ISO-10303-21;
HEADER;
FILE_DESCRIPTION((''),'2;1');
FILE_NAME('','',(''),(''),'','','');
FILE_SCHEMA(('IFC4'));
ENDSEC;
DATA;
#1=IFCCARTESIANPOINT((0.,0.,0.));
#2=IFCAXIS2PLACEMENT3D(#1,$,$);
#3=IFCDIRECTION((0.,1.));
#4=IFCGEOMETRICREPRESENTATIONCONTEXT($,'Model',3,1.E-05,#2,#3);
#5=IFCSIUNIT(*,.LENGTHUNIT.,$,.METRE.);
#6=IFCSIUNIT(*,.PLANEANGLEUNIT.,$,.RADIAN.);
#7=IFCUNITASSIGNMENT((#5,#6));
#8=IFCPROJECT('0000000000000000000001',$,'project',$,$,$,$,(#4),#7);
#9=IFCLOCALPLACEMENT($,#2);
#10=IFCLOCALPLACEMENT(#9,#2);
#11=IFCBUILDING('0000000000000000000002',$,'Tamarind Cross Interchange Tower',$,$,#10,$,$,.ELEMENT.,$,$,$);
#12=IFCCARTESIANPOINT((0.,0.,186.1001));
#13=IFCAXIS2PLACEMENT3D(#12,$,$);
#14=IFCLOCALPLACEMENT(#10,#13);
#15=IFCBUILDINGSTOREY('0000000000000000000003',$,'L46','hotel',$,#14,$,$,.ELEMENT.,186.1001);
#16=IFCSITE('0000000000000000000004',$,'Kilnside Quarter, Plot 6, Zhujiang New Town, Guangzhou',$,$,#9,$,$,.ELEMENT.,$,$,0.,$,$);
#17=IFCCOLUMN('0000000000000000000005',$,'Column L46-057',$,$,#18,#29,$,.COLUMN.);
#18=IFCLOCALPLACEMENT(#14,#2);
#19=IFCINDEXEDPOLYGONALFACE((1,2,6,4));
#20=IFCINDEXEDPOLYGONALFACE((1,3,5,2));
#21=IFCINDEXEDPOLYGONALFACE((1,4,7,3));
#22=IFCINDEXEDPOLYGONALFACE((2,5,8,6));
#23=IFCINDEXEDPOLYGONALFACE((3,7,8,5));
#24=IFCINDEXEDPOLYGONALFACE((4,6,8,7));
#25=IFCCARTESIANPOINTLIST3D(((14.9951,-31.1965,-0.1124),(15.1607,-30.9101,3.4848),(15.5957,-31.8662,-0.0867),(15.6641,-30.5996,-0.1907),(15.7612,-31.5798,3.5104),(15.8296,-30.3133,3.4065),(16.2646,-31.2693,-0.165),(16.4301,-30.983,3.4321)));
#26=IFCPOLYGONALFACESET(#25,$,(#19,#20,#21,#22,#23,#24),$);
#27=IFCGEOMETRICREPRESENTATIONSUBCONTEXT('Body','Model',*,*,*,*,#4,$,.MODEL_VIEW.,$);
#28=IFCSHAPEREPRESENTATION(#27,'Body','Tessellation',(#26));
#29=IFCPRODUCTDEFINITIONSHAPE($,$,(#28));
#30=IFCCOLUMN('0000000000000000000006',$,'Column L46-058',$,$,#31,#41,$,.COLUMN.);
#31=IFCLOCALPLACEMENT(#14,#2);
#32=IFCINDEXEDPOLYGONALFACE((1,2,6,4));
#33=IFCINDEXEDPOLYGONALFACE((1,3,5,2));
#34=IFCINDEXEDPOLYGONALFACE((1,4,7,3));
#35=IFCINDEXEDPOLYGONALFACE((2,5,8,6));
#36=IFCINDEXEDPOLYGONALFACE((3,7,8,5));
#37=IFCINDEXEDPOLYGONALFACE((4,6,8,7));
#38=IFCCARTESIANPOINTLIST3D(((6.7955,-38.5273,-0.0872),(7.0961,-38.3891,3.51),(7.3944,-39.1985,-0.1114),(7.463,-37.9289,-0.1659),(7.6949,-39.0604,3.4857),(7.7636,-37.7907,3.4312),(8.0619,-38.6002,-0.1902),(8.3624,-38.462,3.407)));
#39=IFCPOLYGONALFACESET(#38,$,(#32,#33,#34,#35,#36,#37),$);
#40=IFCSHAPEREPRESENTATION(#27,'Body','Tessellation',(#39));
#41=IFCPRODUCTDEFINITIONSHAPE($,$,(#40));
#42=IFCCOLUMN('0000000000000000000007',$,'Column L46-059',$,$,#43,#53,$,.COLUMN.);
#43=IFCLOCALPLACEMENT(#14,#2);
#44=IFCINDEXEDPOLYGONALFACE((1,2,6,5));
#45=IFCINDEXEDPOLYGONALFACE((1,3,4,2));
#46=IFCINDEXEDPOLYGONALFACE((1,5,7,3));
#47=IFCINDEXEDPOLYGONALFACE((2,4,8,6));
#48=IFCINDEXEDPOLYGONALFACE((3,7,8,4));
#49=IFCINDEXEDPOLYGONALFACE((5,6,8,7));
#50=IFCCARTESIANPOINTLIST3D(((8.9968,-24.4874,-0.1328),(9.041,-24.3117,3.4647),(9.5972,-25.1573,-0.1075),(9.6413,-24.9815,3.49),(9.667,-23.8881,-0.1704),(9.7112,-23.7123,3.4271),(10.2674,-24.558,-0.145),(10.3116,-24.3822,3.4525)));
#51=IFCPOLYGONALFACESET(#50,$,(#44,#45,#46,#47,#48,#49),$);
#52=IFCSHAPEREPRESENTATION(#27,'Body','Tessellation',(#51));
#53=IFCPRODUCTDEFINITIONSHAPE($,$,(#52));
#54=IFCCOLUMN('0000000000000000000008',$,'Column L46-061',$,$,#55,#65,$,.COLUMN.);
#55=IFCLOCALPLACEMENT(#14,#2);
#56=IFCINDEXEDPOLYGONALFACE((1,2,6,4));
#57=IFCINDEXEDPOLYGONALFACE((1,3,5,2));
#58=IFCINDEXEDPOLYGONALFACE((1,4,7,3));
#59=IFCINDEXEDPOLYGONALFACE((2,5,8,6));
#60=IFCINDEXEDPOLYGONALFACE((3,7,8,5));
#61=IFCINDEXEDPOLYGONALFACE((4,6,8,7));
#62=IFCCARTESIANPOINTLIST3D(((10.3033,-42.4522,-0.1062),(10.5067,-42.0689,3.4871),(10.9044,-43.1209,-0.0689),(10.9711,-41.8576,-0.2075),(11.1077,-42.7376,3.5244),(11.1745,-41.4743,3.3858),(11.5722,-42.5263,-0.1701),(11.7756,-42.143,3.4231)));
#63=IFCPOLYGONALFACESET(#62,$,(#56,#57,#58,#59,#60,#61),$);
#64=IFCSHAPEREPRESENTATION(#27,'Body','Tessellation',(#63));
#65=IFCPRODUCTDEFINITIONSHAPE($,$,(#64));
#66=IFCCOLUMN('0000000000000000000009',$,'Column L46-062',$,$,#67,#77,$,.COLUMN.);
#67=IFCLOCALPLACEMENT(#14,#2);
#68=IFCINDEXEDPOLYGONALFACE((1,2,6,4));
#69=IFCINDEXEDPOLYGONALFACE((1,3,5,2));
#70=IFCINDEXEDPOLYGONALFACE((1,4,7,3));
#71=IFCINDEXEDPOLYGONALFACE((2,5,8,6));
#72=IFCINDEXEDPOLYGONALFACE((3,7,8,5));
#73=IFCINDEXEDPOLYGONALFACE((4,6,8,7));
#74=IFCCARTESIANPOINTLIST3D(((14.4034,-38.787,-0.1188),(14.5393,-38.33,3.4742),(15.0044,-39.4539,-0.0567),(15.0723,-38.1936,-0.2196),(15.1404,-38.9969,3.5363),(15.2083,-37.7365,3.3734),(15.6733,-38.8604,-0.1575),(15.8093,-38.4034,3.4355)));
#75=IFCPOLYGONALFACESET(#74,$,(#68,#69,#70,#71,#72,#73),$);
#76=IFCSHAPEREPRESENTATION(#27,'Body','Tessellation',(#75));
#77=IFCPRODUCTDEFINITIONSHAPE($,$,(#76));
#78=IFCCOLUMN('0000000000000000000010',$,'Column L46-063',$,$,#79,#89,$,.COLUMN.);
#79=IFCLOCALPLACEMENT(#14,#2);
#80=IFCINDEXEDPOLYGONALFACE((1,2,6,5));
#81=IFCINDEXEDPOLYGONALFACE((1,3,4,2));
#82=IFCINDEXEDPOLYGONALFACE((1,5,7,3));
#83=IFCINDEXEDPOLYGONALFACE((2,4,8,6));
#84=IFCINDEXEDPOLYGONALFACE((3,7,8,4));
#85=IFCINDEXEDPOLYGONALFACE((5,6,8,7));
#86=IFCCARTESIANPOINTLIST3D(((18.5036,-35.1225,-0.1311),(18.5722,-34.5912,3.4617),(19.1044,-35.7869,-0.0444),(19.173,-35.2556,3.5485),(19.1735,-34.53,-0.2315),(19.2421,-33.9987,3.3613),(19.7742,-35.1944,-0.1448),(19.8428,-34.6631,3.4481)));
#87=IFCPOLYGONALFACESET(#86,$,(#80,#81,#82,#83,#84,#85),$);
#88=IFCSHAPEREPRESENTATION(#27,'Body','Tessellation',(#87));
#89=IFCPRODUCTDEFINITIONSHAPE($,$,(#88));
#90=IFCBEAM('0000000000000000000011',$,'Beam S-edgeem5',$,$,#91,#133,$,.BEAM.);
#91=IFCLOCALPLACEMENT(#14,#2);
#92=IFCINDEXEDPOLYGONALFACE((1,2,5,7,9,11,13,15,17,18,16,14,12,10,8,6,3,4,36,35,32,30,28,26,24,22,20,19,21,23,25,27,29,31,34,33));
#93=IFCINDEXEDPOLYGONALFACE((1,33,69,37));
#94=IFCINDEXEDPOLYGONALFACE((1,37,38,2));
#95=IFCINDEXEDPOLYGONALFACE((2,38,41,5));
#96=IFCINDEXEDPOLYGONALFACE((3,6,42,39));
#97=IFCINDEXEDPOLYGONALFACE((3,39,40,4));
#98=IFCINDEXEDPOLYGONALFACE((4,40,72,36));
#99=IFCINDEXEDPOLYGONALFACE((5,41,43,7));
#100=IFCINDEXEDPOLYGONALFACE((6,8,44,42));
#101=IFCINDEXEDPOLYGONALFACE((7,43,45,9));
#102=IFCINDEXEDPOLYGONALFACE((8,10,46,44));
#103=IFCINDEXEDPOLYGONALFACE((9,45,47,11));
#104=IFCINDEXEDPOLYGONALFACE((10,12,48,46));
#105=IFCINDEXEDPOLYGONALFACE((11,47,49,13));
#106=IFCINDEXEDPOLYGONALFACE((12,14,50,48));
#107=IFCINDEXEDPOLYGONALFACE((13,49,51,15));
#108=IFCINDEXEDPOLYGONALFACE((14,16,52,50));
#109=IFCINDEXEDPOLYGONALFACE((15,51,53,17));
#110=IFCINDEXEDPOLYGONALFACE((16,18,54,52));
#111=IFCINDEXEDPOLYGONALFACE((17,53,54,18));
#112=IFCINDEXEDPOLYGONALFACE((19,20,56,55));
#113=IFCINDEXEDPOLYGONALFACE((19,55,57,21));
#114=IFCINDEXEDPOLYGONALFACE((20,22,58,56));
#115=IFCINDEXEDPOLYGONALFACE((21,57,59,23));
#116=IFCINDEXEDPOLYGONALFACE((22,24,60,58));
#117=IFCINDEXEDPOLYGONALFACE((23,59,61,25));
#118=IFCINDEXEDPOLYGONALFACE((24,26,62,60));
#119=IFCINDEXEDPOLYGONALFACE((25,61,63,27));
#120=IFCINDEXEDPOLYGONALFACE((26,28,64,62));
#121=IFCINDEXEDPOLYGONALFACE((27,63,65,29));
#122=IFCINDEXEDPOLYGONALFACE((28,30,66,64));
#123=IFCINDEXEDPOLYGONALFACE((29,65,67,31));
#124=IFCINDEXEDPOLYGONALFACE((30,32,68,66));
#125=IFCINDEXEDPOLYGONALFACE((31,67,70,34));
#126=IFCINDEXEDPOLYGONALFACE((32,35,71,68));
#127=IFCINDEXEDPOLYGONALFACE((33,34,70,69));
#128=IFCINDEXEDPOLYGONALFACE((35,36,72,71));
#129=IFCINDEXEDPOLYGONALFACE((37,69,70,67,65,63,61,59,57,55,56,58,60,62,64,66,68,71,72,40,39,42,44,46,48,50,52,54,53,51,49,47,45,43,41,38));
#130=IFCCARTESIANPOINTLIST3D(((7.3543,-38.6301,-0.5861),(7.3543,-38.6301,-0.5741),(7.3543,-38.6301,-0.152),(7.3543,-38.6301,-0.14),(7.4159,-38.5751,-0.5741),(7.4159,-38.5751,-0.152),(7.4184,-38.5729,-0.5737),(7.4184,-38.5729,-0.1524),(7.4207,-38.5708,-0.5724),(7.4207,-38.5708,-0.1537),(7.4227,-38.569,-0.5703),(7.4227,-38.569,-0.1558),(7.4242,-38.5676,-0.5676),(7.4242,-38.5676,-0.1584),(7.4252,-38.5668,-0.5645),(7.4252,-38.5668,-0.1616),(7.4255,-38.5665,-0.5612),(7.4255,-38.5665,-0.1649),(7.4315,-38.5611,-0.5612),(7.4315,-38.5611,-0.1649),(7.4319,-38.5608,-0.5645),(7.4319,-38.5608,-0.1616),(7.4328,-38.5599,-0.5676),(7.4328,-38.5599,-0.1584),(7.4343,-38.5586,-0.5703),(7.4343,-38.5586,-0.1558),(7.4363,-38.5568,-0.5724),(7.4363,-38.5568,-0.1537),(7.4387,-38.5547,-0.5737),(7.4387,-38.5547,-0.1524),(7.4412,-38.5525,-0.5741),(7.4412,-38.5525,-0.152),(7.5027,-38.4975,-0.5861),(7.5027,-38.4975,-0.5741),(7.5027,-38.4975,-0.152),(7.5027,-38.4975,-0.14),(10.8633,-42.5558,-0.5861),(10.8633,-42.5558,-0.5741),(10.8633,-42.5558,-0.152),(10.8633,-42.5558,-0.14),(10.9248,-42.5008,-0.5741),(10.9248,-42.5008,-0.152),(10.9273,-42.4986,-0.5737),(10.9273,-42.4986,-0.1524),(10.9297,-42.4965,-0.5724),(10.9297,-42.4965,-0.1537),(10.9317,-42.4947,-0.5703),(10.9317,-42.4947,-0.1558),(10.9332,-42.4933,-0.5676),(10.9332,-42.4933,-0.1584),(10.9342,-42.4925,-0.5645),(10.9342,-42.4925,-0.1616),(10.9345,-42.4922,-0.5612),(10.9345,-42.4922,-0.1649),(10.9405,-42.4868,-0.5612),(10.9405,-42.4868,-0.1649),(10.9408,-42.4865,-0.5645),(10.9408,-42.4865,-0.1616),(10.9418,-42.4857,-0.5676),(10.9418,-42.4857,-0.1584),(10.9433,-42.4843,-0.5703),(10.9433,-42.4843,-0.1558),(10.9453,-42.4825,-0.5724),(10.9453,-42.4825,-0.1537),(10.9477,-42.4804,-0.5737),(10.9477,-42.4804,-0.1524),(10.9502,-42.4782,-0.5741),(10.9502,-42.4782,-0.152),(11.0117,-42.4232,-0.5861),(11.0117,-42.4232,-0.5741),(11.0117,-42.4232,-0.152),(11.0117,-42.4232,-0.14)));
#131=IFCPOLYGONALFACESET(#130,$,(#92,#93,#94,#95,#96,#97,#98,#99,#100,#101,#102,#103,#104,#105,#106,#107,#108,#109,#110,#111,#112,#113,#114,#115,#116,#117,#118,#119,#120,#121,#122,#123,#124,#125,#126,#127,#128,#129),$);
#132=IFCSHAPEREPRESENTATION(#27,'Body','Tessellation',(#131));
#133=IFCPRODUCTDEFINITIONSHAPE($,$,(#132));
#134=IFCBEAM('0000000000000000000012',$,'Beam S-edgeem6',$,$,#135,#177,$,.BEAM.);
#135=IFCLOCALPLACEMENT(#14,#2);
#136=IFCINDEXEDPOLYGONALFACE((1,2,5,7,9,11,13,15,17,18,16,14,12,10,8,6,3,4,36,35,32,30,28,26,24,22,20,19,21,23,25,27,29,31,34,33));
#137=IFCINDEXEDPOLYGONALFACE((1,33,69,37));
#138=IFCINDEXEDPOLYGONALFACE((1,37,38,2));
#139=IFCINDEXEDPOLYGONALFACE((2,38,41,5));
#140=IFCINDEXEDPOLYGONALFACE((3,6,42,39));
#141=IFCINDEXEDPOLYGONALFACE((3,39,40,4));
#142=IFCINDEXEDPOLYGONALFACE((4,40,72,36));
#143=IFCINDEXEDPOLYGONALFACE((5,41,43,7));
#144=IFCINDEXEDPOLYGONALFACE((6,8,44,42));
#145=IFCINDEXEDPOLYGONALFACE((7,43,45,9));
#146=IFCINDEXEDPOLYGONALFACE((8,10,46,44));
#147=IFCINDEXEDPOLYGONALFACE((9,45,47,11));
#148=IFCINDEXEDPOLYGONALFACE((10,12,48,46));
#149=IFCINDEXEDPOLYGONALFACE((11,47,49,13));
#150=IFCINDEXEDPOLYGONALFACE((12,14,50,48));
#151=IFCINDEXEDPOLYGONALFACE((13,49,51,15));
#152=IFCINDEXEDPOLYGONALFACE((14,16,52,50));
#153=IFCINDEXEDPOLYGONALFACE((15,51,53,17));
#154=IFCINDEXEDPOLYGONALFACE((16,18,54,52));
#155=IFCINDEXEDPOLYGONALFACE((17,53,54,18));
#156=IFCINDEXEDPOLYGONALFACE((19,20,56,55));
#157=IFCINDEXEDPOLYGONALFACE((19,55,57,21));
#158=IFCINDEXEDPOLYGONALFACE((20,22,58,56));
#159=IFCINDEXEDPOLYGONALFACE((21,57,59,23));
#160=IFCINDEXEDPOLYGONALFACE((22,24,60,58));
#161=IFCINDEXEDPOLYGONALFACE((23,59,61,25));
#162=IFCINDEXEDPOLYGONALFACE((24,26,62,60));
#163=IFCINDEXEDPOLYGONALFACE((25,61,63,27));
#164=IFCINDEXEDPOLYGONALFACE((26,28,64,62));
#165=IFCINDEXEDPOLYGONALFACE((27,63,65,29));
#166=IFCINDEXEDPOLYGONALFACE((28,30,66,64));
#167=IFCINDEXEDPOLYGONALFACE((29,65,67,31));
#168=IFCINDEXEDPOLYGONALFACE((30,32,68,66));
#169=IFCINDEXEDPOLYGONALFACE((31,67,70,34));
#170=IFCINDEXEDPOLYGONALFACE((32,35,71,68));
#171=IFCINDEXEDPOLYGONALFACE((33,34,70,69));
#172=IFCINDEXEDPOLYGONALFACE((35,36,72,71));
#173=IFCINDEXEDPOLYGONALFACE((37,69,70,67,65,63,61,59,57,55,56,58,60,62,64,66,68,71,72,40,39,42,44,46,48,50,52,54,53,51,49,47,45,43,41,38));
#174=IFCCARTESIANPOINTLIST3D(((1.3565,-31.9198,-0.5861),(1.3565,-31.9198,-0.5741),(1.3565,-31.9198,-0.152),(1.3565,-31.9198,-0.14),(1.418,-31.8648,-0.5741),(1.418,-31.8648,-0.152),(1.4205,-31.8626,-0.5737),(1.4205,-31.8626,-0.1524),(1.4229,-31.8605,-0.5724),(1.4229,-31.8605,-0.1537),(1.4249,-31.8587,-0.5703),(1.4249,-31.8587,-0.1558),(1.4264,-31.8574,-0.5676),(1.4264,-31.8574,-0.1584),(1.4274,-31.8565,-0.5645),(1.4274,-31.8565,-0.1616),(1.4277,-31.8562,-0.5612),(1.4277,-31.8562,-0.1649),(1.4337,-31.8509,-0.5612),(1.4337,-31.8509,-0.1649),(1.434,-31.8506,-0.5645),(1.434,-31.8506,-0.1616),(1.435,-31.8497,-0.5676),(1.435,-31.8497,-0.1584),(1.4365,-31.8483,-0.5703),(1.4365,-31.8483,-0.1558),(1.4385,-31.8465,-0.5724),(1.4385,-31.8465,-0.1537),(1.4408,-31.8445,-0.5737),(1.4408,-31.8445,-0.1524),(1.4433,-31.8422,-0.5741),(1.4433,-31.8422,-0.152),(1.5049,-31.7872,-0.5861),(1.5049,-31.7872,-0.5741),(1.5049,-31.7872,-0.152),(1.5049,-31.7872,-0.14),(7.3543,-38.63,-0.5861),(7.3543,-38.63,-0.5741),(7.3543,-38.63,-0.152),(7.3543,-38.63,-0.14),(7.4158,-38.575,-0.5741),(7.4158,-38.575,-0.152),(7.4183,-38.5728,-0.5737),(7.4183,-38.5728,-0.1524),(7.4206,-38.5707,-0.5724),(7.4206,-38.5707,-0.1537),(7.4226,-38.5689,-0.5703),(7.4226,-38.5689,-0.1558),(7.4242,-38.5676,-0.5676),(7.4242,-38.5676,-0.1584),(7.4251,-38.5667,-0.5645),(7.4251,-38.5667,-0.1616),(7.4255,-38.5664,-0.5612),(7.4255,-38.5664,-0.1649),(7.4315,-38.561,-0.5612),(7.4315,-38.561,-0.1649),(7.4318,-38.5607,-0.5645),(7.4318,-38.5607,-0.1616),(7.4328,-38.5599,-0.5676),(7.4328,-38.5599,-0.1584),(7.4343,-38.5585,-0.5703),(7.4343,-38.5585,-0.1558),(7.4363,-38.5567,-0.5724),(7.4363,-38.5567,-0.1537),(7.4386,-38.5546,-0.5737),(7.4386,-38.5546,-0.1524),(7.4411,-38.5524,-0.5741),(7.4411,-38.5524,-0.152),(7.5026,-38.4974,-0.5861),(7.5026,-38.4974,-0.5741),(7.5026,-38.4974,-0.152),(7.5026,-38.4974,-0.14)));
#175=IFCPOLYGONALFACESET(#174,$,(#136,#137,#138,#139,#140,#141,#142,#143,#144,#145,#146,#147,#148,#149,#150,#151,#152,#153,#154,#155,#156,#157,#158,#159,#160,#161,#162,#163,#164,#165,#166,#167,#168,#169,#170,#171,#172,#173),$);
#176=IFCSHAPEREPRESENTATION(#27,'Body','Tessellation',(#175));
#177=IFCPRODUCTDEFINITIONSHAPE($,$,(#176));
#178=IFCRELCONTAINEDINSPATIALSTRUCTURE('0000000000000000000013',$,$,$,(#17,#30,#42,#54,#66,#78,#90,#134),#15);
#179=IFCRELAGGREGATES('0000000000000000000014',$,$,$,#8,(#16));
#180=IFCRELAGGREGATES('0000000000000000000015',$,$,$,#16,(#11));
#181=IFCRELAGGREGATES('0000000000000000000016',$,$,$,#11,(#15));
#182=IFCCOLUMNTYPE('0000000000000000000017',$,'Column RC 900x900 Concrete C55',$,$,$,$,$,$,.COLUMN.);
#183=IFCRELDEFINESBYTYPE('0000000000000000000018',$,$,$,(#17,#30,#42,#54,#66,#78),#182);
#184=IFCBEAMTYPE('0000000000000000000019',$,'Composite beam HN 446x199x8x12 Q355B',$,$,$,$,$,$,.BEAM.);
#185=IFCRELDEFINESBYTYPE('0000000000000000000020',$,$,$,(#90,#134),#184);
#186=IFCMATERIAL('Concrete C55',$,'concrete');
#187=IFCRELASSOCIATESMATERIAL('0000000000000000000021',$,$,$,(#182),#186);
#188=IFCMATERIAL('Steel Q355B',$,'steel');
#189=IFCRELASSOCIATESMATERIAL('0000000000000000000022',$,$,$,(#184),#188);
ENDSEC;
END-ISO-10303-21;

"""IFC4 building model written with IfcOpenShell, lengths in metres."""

from ifc_helpers import new_model, si_unit, direction, frame, origin, origin_2d, place, context, subcontext, project, spatial, rectangle, i_section, extrude, material, material_profile, profile_set, type_object, element, save


model = new_model("IFC4")

# Units and contexts
model_context = context("Model", 3, precision=1e-05, world=origin(), true_north=direction((0.0, 1.0)))
body_context = subcontext(model_context, "Body", "Model", "MODEL_VIEW")
ifc_project = project(units=[si_unit("LENGTHUNIT", "METRE"), si_unit("PLANEANGLEUNIT", "RADIAN")], contexts=[model_context])

# Site, building, storey
site_placement = place(None, origin())
site = spatial("IfcSite", under=ifc_project, at=site_placement, Name="Kilnside Quarter, Plot 6, Zhujiang New Town, Guangzhou", CompositionType="ELEMENT", RefElevation=0.0)
building_placement = place(site_placement, origin())
building = spatial("IfcBuilding", under=site, at=building_placement, Name="Tamarind Cross Interchange Tower", CompositionType="ELEMENT")
storey_placement = place(building_placement, frame((0.0, 0.0, 186.1001)))
storey = spatial("IfcBuildingStorey", under=building, at=storey_placement, Name="L46", Description="hotel", CompositionType="ELEMENT", Elevation=186.1001)

# Columns
ifc_material_1 = material(Name="Concrete C55", Category="concrete")
ifc_material_profile_1 = material_profile(ifc_material_1, rectangle(XDim=0.8999, YDim=0.8999, at=origin_2d()), Name="RC 900x900")
ifc_profile_set_1 = profile_set([ifc_material_profile_1], Name="Concrete C55")
column_type = type_object("IfcColumnType", Name="Column RC 900x900 Concrete C55", PredefinedType="COLUMN", material=ifc_profile_set_1)
for number, where, z_axis, x_axis, name in (
    (1, (15.6299, -31.2329, -0.1387), (0.045823, 0.079277, 0.995799), (-0.743327, -0.663246, 0.087007), "Column L46-057"),
    (2, (7.4287, -38.5637, -0.1387), (0.083197, 0.038253, 0.995799), (-0.665494, 0.745917, 0.026947), "Column L46-058"),
):
    element("IfcColumn", number, at=place(storey_placement, frame(where, z_axis=z_axis, x_axis=x_axis)), inside=storey, type_object=column_type, Name=name, PredefinedType="COLUMN", context=body_context, shape_type="SweptSolid", body=[
        extrude(rectangle(XDim=0.8999, YDim=0.8999, at=origin_2d()), origin(), (0.0, 0.0, 1.0), 3.6123),
    ])
column_1_placement = place(storey_placement, frame((9.6321, -24.5227, -0.1389), z_axis=(0.012268, 0.048801, 0.998733), x_axis=(-0.744801, -0.665983, 0.041691)))
element("IfcColumn", 3, at=column_1_placement, inside=storey, type_object=column_type, Name="Column L46-059", PredefinedType="COLUMN", context=body_context, shape_type="SweptSolid", body=[
    extrude(rectangle(XDim=0.8999, YDim=0.8999, at=origin_2d()), origin(), (0.0, 0.0, 1.0), 3.6021),
])
column_2_placement = place(storey_placement, frame((10.9377, -42.4893, -0.1382), z_axis=(0.056189, 0.105903, 0.992788), x_axis=(-0.742102, -0.660781, 0.112488)))
element("IfcColumn", 4, at=column_2_placement, inside=storey, type_object=column_type, Name="Column L46-061", PredefinedType="COLUMN", context=body_context, shape_type="SweptSolid", body=[
    extrude(rectangle(XDim=0.8999, YDim=0.8999, at=origin_2d()), origin(), (0.0, 0.0, 1.0), 3.6194),
])
column_3_placement = place(storey_placement, frame((15.0383, -38.8237, -0.1382), z_axis=(0.037518, 0.126094, 0.991309), x_axis=(-0.743329, -0.65948, 0.112019)))
element("IfcColumn", 5, at=column_3_placement, inside=storey, type_object=column_type, Name="Column L46-062", PredefinedType="COLUMN", context=body_context, shape_type="SweptSolid", body=[
    extrude(rectangle(XDim=0.8999, YDim=0.8999, at=origin_2d()), origin(), (0.0, 0.0, 1.0), 3.6245),
])
column_4_placement = place(storey_placement, frame((19.1389, -35.1584, -0.1379), z_axis=(0.018886, 0.14625, 0.989067), x_axis=(-0.744331, -0.658425, 0.111572)))
element("IfcColumn", 6, at=column_4_placement, inside=storey, type_object=column_type, Name="Column L46-063", PredefinedType="COLUMN", context=body_context, shape_type="SweptSolid", body=[
    extrude(rectangle(XDim=0.8999, YDim=0.8999, at=origin_2d()), origin(), (0.0, 0.0, 1.0), 3.6326),
])

# Beams
ifc_material_2 = material(Name="Steel Q355B", Category="steel")
ifc_material_profile_2 = material_profile(ifc_material_2, i_section(OverallWidth=0.199, OverallDepth=0.446, WebThickness=0.0081, FlangeThickness=0.012, FilletRadius=0.0129, at=origin_2d()), Name="HN 446x199x8x12")
ifc_profile_set_2 = profile_set([ifc_material_profile_2], Name="Steel Q355B")
beam_type_1 = type_object("IfcBeamType", Name="Composite beam HN 446x199x8x12 Q355B", PredefinedType="BEAM", material=ifc_profile_set_2)
beam_1_placement = place(storey_placement, frame((10.9375, -42.4895, -0.363), z_axis=(-0.666425, 0.745572, 0.0), x_axis=(-0.745572, -0.666425, 0.0)))
element("IfcBeam", 7, at=beam_1_placement, inside=storey, type_object=beam_type_1, Name="Beam S-edgeem5", PredefinedType="BEAM", context=body_context, shape_type="SweptSolid", body=[
    extrude(i_section(OverallWidth=0.199, OverallDepth=0.446, WebThickness=0.0081, FlangeThickness=0.012, FilletRadius=0.0129, at=origin_2d()), origin(), (0.0, 0.0, 1.0), 5.2654),
])
beam_2_placement = place(storey_placement, frame((7.4285, -38.5637, -0.363), z_axis=(-0.666421, 0.745576, 0.0), x_axis=(-0.745576, -0.666421, 0.0)))
element("IfcBeam", 8, at=beam_2_placement, inside=storey, type_object=beam_type_1, Name="Beam S-edgeem6", PredefinedType="BEAM", context=body_context, shape_type="SweptSolid", body=[
    extrude(i_section(OverallWidth=0.199, OverallDepth=0.446, WebThickness=0.0081, FlangeThickness=0.012, FilletRadius=0.0129, at=origin_2d()), origin(), (0.0, 0.0, 1.0), 9.0),
])

save(model, "model.ifc")
